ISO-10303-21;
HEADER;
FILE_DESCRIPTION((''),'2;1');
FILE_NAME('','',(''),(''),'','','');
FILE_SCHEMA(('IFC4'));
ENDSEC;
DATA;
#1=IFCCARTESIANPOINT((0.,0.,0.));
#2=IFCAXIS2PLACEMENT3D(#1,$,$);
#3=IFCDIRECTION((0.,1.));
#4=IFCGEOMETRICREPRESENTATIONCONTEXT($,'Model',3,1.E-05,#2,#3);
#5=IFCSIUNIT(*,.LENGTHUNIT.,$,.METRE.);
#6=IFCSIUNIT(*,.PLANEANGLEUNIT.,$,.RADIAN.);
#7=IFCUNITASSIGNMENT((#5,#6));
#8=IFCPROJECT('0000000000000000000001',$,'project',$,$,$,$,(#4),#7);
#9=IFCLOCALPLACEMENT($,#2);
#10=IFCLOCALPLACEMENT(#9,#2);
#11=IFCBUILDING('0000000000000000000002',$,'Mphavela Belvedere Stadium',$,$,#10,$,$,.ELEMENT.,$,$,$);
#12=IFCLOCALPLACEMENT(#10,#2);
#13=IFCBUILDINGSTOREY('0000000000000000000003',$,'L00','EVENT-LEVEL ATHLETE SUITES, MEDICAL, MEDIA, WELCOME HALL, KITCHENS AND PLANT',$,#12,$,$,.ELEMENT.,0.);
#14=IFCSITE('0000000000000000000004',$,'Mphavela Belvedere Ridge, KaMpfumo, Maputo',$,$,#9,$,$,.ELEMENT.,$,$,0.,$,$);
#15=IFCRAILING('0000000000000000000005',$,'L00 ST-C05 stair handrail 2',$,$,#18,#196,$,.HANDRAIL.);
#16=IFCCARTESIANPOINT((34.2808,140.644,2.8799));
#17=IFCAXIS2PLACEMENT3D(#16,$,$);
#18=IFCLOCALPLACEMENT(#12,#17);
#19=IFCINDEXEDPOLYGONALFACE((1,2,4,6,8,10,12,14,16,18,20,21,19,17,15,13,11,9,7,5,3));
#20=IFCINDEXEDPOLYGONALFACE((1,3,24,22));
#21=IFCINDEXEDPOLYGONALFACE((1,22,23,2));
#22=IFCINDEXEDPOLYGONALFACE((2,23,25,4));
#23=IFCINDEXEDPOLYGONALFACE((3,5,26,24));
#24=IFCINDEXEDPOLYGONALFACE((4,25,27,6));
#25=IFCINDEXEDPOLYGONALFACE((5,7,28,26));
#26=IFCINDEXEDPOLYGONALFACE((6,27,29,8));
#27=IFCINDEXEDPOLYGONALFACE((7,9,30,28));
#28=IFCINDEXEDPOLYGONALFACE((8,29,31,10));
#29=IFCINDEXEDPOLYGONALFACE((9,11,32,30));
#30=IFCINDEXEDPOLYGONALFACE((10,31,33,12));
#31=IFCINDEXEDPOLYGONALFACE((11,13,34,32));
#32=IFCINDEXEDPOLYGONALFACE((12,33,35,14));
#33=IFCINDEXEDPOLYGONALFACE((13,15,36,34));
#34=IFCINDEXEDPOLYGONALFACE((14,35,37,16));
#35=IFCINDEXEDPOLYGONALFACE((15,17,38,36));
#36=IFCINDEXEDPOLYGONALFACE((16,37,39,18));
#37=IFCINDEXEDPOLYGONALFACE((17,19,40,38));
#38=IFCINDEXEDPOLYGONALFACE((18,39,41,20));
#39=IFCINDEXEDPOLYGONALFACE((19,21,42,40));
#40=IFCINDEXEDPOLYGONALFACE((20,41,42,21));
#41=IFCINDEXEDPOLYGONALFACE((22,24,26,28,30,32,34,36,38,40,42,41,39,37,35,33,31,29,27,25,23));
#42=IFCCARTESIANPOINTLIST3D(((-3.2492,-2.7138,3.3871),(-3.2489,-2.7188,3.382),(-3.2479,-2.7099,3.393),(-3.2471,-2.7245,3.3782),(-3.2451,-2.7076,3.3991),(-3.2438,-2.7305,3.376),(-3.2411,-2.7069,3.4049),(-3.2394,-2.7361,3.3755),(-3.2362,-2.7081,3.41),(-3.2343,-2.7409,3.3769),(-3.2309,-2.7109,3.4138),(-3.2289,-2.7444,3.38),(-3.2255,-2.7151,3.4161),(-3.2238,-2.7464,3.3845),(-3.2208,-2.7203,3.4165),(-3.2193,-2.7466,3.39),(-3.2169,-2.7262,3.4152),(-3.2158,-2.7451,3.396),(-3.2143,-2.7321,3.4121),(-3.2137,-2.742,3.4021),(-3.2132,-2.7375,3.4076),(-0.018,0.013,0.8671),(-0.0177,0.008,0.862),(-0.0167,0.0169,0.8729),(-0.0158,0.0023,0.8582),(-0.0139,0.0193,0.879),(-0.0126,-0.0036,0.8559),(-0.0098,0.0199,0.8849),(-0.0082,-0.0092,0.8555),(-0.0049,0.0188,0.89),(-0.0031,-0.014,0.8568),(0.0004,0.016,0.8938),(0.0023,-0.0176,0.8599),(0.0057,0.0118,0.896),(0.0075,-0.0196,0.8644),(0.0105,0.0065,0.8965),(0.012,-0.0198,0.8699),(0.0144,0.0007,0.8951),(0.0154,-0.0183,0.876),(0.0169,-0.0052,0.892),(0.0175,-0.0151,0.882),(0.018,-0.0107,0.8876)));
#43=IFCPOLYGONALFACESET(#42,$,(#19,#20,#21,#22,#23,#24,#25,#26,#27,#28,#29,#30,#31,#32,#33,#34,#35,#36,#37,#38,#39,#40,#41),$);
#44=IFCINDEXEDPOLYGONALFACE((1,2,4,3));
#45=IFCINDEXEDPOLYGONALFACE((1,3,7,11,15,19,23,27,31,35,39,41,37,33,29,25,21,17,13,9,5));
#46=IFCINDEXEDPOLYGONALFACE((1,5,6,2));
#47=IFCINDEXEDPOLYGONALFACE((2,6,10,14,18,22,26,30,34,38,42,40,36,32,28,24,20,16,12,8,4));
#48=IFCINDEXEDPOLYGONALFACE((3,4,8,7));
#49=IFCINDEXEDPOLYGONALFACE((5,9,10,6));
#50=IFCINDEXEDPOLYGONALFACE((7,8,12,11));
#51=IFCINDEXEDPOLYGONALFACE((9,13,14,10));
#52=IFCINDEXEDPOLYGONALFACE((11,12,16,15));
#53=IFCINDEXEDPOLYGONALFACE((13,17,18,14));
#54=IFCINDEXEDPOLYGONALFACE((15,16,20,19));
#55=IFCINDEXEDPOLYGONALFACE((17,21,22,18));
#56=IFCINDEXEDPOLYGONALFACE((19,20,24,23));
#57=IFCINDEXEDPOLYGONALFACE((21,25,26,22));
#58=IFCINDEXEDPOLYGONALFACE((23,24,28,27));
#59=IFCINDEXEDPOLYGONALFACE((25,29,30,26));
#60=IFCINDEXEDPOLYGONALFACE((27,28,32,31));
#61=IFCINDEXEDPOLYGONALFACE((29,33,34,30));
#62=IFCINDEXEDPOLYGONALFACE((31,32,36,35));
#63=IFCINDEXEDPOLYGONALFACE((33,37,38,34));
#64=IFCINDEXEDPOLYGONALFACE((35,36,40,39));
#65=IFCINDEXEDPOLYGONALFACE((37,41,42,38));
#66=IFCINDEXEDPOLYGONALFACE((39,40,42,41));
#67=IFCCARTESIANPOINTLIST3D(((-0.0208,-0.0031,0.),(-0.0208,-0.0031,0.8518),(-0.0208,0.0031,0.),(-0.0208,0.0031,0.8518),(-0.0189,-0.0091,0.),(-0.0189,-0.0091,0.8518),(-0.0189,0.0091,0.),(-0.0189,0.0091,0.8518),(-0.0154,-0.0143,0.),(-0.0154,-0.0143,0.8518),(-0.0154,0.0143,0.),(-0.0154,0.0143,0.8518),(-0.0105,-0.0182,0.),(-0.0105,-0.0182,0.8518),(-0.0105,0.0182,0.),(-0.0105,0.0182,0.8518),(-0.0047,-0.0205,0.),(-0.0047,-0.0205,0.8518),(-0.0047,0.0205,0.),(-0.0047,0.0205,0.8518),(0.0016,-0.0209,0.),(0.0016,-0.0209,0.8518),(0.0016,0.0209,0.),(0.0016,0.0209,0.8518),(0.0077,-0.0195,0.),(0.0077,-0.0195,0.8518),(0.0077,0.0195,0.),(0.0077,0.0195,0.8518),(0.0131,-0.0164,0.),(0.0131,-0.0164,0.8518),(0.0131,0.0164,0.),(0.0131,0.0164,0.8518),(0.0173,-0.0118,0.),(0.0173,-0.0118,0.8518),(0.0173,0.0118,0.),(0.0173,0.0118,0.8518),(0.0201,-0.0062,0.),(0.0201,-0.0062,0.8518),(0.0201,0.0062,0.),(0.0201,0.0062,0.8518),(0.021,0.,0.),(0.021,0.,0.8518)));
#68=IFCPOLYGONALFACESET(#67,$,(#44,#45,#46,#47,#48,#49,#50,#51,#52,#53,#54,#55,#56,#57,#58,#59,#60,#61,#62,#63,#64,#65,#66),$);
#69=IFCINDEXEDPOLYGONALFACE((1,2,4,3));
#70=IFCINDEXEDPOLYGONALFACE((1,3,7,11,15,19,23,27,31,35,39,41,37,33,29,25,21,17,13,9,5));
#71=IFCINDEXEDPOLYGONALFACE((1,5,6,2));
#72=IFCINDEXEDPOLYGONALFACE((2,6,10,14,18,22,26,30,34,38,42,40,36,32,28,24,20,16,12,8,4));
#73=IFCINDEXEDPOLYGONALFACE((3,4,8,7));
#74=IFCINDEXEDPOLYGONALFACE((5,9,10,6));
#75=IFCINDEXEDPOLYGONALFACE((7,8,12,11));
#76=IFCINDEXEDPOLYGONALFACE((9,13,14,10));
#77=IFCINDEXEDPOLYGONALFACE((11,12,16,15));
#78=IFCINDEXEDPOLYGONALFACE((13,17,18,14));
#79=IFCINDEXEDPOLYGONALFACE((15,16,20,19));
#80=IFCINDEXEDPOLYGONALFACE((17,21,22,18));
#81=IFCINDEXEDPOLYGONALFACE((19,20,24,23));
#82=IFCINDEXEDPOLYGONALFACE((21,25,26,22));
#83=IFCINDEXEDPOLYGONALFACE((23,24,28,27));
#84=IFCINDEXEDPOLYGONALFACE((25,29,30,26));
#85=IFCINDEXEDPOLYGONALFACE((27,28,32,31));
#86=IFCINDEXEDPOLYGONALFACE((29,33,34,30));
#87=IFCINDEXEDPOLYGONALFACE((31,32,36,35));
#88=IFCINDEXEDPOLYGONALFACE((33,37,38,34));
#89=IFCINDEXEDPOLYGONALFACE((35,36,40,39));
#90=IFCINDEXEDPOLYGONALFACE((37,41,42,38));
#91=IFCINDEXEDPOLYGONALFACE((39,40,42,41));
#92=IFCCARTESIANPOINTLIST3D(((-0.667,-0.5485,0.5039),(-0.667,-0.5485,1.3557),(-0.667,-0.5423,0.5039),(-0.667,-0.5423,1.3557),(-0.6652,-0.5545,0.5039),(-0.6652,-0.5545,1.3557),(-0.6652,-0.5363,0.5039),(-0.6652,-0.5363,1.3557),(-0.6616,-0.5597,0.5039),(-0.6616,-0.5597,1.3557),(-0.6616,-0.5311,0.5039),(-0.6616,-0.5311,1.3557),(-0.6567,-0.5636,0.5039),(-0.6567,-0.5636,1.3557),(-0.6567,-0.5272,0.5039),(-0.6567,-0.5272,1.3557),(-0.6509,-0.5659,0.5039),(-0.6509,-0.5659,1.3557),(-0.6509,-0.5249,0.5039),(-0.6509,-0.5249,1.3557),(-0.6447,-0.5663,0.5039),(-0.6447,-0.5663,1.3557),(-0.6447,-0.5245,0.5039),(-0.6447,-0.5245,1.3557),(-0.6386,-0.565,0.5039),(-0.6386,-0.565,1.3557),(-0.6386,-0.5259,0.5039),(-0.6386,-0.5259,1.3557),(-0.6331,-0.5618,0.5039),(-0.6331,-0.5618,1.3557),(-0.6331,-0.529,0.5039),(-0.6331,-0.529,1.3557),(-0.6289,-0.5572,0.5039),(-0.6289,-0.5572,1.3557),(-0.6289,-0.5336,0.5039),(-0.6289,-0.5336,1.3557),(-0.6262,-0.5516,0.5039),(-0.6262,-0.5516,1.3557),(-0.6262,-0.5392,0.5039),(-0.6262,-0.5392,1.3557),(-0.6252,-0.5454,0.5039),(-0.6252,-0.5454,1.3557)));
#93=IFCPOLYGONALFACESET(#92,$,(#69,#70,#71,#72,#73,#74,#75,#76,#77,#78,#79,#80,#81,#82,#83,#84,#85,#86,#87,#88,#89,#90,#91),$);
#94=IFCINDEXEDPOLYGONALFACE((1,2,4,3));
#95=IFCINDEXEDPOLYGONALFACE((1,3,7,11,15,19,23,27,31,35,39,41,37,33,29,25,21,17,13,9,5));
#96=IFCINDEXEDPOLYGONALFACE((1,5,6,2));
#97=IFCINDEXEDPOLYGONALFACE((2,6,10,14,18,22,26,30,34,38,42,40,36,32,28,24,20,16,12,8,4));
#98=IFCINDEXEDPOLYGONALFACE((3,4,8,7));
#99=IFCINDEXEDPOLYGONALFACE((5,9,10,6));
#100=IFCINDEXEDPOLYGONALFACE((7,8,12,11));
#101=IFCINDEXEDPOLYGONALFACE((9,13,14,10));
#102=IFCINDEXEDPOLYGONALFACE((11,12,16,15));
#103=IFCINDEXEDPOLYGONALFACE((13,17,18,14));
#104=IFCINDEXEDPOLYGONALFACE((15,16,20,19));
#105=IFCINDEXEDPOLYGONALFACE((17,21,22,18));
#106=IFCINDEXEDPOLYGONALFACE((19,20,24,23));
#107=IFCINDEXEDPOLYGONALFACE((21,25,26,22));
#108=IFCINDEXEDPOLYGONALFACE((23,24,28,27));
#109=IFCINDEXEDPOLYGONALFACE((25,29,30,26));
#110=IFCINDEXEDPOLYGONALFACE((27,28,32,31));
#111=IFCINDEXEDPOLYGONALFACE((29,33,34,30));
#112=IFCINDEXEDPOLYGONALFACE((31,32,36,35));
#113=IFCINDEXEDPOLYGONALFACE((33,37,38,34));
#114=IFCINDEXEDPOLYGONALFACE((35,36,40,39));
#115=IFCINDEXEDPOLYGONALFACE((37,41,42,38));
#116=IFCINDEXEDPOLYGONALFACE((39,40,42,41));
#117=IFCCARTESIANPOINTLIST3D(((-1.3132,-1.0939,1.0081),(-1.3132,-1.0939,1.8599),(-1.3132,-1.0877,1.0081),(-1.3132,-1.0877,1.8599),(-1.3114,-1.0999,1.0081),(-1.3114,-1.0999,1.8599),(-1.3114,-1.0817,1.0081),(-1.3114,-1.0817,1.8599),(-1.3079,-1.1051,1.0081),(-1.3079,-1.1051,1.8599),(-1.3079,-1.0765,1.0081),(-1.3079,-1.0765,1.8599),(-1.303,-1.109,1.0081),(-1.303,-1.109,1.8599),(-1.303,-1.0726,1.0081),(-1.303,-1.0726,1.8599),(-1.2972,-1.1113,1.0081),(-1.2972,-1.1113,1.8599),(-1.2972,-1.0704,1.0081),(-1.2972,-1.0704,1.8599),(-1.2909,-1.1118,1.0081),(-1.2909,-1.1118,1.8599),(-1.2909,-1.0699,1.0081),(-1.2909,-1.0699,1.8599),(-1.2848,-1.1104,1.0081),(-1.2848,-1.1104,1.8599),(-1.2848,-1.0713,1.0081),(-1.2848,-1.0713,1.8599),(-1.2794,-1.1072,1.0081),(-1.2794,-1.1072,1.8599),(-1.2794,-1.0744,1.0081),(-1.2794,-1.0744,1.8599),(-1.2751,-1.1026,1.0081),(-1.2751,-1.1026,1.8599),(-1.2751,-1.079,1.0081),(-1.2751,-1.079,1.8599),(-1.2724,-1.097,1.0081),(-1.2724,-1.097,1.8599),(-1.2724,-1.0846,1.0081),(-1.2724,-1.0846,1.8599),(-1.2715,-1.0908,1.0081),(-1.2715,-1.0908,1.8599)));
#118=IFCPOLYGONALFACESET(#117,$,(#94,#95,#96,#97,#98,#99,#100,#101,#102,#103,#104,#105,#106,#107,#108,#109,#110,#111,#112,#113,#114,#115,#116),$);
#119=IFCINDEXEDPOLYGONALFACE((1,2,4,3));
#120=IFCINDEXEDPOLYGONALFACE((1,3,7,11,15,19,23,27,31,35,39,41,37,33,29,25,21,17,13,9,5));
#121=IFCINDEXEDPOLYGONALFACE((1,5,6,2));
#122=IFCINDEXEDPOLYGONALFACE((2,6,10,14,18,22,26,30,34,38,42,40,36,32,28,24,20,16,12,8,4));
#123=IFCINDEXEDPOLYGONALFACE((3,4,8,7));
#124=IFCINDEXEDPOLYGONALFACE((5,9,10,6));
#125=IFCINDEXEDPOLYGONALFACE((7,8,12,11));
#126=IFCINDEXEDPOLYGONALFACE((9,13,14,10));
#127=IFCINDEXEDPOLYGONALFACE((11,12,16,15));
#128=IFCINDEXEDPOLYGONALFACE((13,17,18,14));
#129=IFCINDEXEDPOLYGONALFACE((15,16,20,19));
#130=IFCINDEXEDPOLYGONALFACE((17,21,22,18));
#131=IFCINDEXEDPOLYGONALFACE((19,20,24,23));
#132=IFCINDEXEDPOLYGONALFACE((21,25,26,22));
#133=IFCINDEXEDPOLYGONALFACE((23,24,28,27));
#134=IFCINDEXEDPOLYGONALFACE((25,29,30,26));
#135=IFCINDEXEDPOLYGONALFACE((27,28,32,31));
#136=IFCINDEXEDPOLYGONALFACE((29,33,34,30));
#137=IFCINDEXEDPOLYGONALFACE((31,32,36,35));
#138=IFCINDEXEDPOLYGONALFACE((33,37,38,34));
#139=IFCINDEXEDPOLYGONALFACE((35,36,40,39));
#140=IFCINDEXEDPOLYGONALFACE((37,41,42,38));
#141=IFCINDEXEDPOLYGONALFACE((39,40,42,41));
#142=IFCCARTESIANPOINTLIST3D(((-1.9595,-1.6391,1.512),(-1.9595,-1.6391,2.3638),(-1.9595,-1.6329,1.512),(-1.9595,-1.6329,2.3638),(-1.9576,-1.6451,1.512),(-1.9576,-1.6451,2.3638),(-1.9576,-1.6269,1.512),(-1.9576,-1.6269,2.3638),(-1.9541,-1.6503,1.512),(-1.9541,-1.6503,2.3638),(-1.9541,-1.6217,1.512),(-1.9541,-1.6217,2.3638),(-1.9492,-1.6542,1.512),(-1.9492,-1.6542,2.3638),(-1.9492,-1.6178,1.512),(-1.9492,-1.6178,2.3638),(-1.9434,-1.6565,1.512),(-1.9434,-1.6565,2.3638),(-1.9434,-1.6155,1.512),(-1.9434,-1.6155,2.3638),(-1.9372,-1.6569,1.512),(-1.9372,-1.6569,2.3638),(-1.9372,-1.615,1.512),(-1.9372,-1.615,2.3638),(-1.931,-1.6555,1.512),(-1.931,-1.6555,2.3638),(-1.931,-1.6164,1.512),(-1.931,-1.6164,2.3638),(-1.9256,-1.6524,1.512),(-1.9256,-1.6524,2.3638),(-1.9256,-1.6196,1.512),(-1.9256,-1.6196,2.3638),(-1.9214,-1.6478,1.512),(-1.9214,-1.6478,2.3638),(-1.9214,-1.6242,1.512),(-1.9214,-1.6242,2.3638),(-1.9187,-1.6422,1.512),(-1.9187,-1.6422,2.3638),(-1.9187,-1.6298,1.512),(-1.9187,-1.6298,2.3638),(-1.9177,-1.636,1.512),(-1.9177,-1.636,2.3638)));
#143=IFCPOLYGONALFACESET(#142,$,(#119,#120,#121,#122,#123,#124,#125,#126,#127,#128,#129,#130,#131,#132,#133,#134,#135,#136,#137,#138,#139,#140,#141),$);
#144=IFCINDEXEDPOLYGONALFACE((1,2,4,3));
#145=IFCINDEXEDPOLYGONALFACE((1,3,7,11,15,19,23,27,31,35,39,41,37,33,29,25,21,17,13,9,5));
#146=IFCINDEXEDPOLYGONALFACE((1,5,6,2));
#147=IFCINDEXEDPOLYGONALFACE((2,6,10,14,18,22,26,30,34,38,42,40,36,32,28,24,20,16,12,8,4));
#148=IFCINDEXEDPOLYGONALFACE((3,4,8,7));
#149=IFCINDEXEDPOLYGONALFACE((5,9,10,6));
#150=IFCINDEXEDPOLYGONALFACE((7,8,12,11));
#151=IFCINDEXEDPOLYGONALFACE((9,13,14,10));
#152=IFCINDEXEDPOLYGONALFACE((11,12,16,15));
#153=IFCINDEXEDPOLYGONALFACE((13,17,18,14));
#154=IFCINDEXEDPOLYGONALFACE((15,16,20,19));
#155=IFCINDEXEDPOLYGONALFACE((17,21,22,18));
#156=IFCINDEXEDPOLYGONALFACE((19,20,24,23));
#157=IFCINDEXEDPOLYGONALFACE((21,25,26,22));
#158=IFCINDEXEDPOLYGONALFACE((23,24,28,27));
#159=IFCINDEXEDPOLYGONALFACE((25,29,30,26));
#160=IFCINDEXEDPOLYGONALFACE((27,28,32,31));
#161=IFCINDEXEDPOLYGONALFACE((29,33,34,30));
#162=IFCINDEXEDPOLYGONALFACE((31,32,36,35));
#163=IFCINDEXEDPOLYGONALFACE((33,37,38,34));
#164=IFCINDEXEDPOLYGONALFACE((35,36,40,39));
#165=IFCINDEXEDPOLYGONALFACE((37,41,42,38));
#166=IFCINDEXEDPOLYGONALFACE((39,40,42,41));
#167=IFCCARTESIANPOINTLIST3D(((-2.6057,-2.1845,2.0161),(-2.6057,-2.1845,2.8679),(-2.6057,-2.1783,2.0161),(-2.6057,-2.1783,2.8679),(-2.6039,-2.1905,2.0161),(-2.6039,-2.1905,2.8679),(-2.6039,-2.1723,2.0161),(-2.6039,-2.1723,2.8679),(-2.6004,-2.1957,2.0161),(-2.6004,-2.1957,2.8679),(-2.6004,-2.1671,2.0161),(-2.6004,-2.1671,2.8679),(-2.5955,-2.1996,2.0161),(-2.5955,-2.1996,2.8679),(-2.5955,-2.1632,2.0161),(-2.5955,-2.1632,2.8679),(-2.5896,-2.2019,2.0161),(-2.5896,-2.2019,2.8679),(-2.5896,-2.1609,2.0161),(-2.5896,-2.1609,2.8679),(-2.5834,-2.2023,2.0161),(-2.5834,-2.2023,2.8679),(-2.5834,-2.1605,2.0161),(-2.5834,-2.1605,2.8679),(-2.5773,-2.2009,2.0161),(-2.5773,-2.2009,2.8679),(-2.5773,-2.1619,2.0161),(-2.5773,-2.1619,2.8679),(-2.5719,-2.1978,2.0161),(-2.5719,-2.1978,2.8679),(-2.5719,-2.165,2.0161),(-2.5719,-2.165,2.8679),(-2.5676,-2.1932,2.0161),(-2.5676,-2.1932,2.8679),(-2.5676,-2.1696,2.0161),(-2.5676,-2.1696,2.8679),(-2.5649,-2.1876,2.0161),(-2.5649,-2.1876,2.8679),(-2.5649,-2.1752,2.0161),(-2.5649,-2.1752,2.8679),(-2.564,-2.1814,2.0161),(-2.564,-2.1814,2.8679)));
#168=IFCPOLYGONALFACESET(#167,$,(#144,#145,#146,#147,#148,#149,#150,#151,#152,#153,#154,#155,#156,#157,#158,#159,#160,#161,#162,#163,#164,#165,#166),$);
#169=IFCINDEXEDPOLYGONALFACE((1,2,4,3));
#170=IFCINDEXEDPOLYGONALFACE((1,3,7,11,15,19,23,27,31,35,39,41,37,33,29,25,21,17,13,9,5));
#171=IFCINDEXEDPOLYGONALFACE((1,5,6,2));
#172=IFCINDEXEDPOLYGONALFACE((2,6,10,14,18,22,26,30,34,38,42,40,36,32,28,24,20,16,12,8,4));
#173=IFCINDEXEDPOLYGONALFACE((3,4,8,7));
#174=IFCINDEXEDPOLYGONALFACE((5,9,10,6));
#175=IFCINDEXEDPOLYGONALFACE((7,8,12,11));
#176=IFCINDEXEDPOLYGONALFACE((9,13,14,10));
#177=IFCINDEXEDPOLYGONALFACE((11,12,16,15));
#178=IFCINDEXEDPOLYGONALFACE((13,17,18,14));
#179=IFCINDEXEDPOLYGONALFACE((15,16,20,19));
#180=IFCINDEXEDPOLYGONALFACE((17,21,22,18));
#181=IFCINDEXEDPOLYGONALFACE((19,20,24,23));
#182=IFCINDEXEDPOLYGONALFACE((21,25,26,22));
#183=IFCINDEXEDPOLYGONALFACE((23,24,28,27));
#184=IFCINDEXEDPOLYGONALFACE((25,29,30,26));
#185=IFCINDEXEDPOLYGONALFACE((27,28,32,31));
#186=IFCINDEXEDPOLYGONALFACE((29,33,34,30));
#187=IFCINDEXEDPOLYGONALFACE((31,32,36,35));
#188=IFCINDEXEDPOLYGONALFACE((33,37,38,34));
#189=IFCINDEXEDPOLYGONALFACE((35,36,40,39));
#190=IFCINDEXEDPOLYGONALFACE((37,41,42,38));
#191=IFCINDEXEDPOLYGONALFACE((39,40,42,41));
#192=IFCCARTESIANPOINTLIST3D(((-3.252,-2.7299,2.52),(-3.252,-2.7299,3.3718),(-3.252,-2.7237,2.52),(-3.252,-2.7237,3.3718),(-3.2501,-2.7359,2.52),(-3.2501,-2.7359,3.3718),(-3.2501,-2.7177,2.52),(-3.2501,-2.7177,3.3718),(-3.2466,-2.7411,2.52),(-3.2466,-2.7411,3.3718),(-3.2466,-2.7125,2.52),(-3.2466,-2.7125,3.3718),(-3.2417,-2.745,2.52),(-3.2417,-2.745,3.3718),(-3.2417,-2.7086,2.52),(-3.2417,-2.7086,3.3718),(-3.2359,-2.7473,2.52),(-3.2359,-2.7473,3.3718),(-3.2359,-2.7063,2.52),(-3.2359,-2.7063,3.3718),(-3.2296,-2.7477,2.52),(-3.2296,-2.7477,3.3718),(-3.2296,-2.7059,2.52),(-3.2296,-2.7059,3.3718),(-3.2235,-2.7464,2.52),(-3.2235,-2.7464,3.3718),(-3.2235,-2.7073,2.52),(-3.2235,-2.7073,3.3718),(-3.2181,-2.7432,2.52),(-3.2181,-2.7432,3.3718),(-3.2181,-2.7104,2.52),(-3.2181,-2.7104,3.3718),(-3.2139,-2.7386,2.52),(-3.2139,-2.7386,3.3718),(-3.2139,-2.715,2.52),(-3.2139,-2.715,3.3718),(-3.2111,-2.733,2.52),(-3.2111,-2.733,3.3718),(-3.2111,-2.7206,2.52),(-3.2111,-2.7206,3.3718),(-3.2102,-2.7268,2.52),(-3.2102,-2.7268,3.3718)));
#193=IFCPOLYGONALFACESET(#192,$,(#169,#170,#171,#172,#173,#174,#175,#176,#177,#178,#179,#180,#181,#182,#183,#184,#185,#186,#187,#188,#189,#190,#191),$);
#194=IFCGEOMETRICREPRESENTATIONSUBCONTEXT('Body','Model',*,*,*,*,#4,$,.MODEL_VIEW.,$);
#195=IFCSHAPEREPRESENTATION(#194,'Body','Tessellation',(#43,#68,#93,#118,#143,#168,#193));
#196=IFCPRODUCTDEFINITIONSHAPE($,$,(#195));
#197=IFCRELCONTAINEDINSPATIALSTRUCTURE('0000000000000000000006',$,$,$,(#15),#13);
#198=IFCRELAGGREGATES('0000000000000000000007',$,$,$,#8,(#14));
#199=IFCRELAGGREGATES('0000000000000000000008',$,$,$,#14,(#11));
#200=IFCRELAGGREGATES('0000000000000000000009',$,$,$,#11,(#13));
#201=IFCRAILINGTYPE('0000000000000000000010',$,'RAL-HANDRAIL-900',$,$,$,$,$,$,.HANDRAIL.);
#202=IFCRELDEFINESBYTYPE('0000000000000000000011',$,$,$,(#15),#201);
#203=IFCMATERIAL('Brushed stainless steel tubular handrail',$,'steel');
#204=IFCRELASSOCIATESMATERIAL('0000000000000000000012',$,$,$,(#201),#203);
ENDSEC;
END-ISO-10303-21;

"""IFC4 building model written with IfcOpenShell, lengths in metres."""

from ifc_helpers import new_model, si_unit, direction, frame, origin, origin_2d, place, context, subcontext, project, spatial, circle, extrude, material, type_object, element, save


model = new_model("IFC4")

# Units and contexts
model_context = context("Model", 3, precision=1e-05, world=origin(), true_north=direction((0.0, 1.0)))
body_context = subcontext(model_context, "Body", "Model", "MODEL_VIEW")
ifc_project = project(units=[si_unit("LENGTHUNIT", "METRE"), si_unit("PLANEANGLEUNIT", "RADIAN")], contexts=[model_context])

# Site, building, storey
site_placement = place(None, origin())
site = spatial("IfcSite", under=ifc_project, at=site_placement, Name="Mphavela Belvedere Ridge, KaMpfumo, Maputo", CompositionType="ELEMENT", RefElevation=0.0)
building_placement = place(site_placement, origin())
building = spatial("IfcBuilding", under=site, at=building_placement, Name="Mphavela Belvedere Stadium", CompositionType="ELEMENT")
storey_placement = place(building_placement, origin())
storey = spatial("IfcBuildingStorey", under=building, at=storey_placement, Name="L00", Description="EVENT-LEVEL ATHLETE SUITES, MEDICAL, MEDIA, WELCOME HALL, KITCHENS AND PLANT", CompositionType="ELEMENT", Elevation=0.0)

# Railing
ifc_material_1 = material(Name="Brushed stainless steel tubular handrail", Category="steel")
railing_type_1 = type_object("IfcRailingType", Name="RAL-HANDRAIL-900", PredefinedType="HANDRAIL", material=ifc_material_1)
railing_1_placement = place(storey_placement, frame((34.2808, 140.644, 2.8799)))
element("IfcRailing", 1, at=railing_1_placement, inside=storey, type_object=railing_type_1, Name="L00 ST-C05 stair handrail 2", PredefinedType="HANDRAIL", context=body_context, shape_type="SweptSolid", body=[
    extrude(circle(Radius=0.0239, at=origin_2d()), frame((0.0, 0.0, 0.876), z_axis=(-0.656474, -0.553997, 0.511985), x_axis=(0.644937, -0.764235, 0.0)), (0.0, 0.0, 1.0), 4.9221),
    extrude(circle(Radius=0.021, at=origin_2d()), origin(), (0.0, 0.0, 1.0), 0.8518),
    extrude(circle(Radius=0.021, at=origin_2d()), frame((-0.6462, -0.5454, 0.5039)), (0.0, 0.0, 1.0), 0.8518),
    extrude(circle(Radius=0.021, at=origin_2d()), frame((-1.2925, -1.0908, 1.0081)), (0.0, 0.0, 1.0), 0.8518),
    extrude(circle(Radius=0.021, at=origin_2d()), frame((-1.9387, -1.636, 1.512)), (0.0, 0.0, 1.0), 0.8518),
    extrude(circle(Radius=0.021, at=origin_2d()), frame((-2.585, -2.1814, 2.0161)), (0.0, 0.0, 1.0), 0.8518),
    extrude(circle(Radius=0.021, at=origin_2d()), frame((-3.2312, -2.7268, 2.52)), (0.0, 0.0, 1.0), 0.8518),
])

save(model, "model.ifc")
